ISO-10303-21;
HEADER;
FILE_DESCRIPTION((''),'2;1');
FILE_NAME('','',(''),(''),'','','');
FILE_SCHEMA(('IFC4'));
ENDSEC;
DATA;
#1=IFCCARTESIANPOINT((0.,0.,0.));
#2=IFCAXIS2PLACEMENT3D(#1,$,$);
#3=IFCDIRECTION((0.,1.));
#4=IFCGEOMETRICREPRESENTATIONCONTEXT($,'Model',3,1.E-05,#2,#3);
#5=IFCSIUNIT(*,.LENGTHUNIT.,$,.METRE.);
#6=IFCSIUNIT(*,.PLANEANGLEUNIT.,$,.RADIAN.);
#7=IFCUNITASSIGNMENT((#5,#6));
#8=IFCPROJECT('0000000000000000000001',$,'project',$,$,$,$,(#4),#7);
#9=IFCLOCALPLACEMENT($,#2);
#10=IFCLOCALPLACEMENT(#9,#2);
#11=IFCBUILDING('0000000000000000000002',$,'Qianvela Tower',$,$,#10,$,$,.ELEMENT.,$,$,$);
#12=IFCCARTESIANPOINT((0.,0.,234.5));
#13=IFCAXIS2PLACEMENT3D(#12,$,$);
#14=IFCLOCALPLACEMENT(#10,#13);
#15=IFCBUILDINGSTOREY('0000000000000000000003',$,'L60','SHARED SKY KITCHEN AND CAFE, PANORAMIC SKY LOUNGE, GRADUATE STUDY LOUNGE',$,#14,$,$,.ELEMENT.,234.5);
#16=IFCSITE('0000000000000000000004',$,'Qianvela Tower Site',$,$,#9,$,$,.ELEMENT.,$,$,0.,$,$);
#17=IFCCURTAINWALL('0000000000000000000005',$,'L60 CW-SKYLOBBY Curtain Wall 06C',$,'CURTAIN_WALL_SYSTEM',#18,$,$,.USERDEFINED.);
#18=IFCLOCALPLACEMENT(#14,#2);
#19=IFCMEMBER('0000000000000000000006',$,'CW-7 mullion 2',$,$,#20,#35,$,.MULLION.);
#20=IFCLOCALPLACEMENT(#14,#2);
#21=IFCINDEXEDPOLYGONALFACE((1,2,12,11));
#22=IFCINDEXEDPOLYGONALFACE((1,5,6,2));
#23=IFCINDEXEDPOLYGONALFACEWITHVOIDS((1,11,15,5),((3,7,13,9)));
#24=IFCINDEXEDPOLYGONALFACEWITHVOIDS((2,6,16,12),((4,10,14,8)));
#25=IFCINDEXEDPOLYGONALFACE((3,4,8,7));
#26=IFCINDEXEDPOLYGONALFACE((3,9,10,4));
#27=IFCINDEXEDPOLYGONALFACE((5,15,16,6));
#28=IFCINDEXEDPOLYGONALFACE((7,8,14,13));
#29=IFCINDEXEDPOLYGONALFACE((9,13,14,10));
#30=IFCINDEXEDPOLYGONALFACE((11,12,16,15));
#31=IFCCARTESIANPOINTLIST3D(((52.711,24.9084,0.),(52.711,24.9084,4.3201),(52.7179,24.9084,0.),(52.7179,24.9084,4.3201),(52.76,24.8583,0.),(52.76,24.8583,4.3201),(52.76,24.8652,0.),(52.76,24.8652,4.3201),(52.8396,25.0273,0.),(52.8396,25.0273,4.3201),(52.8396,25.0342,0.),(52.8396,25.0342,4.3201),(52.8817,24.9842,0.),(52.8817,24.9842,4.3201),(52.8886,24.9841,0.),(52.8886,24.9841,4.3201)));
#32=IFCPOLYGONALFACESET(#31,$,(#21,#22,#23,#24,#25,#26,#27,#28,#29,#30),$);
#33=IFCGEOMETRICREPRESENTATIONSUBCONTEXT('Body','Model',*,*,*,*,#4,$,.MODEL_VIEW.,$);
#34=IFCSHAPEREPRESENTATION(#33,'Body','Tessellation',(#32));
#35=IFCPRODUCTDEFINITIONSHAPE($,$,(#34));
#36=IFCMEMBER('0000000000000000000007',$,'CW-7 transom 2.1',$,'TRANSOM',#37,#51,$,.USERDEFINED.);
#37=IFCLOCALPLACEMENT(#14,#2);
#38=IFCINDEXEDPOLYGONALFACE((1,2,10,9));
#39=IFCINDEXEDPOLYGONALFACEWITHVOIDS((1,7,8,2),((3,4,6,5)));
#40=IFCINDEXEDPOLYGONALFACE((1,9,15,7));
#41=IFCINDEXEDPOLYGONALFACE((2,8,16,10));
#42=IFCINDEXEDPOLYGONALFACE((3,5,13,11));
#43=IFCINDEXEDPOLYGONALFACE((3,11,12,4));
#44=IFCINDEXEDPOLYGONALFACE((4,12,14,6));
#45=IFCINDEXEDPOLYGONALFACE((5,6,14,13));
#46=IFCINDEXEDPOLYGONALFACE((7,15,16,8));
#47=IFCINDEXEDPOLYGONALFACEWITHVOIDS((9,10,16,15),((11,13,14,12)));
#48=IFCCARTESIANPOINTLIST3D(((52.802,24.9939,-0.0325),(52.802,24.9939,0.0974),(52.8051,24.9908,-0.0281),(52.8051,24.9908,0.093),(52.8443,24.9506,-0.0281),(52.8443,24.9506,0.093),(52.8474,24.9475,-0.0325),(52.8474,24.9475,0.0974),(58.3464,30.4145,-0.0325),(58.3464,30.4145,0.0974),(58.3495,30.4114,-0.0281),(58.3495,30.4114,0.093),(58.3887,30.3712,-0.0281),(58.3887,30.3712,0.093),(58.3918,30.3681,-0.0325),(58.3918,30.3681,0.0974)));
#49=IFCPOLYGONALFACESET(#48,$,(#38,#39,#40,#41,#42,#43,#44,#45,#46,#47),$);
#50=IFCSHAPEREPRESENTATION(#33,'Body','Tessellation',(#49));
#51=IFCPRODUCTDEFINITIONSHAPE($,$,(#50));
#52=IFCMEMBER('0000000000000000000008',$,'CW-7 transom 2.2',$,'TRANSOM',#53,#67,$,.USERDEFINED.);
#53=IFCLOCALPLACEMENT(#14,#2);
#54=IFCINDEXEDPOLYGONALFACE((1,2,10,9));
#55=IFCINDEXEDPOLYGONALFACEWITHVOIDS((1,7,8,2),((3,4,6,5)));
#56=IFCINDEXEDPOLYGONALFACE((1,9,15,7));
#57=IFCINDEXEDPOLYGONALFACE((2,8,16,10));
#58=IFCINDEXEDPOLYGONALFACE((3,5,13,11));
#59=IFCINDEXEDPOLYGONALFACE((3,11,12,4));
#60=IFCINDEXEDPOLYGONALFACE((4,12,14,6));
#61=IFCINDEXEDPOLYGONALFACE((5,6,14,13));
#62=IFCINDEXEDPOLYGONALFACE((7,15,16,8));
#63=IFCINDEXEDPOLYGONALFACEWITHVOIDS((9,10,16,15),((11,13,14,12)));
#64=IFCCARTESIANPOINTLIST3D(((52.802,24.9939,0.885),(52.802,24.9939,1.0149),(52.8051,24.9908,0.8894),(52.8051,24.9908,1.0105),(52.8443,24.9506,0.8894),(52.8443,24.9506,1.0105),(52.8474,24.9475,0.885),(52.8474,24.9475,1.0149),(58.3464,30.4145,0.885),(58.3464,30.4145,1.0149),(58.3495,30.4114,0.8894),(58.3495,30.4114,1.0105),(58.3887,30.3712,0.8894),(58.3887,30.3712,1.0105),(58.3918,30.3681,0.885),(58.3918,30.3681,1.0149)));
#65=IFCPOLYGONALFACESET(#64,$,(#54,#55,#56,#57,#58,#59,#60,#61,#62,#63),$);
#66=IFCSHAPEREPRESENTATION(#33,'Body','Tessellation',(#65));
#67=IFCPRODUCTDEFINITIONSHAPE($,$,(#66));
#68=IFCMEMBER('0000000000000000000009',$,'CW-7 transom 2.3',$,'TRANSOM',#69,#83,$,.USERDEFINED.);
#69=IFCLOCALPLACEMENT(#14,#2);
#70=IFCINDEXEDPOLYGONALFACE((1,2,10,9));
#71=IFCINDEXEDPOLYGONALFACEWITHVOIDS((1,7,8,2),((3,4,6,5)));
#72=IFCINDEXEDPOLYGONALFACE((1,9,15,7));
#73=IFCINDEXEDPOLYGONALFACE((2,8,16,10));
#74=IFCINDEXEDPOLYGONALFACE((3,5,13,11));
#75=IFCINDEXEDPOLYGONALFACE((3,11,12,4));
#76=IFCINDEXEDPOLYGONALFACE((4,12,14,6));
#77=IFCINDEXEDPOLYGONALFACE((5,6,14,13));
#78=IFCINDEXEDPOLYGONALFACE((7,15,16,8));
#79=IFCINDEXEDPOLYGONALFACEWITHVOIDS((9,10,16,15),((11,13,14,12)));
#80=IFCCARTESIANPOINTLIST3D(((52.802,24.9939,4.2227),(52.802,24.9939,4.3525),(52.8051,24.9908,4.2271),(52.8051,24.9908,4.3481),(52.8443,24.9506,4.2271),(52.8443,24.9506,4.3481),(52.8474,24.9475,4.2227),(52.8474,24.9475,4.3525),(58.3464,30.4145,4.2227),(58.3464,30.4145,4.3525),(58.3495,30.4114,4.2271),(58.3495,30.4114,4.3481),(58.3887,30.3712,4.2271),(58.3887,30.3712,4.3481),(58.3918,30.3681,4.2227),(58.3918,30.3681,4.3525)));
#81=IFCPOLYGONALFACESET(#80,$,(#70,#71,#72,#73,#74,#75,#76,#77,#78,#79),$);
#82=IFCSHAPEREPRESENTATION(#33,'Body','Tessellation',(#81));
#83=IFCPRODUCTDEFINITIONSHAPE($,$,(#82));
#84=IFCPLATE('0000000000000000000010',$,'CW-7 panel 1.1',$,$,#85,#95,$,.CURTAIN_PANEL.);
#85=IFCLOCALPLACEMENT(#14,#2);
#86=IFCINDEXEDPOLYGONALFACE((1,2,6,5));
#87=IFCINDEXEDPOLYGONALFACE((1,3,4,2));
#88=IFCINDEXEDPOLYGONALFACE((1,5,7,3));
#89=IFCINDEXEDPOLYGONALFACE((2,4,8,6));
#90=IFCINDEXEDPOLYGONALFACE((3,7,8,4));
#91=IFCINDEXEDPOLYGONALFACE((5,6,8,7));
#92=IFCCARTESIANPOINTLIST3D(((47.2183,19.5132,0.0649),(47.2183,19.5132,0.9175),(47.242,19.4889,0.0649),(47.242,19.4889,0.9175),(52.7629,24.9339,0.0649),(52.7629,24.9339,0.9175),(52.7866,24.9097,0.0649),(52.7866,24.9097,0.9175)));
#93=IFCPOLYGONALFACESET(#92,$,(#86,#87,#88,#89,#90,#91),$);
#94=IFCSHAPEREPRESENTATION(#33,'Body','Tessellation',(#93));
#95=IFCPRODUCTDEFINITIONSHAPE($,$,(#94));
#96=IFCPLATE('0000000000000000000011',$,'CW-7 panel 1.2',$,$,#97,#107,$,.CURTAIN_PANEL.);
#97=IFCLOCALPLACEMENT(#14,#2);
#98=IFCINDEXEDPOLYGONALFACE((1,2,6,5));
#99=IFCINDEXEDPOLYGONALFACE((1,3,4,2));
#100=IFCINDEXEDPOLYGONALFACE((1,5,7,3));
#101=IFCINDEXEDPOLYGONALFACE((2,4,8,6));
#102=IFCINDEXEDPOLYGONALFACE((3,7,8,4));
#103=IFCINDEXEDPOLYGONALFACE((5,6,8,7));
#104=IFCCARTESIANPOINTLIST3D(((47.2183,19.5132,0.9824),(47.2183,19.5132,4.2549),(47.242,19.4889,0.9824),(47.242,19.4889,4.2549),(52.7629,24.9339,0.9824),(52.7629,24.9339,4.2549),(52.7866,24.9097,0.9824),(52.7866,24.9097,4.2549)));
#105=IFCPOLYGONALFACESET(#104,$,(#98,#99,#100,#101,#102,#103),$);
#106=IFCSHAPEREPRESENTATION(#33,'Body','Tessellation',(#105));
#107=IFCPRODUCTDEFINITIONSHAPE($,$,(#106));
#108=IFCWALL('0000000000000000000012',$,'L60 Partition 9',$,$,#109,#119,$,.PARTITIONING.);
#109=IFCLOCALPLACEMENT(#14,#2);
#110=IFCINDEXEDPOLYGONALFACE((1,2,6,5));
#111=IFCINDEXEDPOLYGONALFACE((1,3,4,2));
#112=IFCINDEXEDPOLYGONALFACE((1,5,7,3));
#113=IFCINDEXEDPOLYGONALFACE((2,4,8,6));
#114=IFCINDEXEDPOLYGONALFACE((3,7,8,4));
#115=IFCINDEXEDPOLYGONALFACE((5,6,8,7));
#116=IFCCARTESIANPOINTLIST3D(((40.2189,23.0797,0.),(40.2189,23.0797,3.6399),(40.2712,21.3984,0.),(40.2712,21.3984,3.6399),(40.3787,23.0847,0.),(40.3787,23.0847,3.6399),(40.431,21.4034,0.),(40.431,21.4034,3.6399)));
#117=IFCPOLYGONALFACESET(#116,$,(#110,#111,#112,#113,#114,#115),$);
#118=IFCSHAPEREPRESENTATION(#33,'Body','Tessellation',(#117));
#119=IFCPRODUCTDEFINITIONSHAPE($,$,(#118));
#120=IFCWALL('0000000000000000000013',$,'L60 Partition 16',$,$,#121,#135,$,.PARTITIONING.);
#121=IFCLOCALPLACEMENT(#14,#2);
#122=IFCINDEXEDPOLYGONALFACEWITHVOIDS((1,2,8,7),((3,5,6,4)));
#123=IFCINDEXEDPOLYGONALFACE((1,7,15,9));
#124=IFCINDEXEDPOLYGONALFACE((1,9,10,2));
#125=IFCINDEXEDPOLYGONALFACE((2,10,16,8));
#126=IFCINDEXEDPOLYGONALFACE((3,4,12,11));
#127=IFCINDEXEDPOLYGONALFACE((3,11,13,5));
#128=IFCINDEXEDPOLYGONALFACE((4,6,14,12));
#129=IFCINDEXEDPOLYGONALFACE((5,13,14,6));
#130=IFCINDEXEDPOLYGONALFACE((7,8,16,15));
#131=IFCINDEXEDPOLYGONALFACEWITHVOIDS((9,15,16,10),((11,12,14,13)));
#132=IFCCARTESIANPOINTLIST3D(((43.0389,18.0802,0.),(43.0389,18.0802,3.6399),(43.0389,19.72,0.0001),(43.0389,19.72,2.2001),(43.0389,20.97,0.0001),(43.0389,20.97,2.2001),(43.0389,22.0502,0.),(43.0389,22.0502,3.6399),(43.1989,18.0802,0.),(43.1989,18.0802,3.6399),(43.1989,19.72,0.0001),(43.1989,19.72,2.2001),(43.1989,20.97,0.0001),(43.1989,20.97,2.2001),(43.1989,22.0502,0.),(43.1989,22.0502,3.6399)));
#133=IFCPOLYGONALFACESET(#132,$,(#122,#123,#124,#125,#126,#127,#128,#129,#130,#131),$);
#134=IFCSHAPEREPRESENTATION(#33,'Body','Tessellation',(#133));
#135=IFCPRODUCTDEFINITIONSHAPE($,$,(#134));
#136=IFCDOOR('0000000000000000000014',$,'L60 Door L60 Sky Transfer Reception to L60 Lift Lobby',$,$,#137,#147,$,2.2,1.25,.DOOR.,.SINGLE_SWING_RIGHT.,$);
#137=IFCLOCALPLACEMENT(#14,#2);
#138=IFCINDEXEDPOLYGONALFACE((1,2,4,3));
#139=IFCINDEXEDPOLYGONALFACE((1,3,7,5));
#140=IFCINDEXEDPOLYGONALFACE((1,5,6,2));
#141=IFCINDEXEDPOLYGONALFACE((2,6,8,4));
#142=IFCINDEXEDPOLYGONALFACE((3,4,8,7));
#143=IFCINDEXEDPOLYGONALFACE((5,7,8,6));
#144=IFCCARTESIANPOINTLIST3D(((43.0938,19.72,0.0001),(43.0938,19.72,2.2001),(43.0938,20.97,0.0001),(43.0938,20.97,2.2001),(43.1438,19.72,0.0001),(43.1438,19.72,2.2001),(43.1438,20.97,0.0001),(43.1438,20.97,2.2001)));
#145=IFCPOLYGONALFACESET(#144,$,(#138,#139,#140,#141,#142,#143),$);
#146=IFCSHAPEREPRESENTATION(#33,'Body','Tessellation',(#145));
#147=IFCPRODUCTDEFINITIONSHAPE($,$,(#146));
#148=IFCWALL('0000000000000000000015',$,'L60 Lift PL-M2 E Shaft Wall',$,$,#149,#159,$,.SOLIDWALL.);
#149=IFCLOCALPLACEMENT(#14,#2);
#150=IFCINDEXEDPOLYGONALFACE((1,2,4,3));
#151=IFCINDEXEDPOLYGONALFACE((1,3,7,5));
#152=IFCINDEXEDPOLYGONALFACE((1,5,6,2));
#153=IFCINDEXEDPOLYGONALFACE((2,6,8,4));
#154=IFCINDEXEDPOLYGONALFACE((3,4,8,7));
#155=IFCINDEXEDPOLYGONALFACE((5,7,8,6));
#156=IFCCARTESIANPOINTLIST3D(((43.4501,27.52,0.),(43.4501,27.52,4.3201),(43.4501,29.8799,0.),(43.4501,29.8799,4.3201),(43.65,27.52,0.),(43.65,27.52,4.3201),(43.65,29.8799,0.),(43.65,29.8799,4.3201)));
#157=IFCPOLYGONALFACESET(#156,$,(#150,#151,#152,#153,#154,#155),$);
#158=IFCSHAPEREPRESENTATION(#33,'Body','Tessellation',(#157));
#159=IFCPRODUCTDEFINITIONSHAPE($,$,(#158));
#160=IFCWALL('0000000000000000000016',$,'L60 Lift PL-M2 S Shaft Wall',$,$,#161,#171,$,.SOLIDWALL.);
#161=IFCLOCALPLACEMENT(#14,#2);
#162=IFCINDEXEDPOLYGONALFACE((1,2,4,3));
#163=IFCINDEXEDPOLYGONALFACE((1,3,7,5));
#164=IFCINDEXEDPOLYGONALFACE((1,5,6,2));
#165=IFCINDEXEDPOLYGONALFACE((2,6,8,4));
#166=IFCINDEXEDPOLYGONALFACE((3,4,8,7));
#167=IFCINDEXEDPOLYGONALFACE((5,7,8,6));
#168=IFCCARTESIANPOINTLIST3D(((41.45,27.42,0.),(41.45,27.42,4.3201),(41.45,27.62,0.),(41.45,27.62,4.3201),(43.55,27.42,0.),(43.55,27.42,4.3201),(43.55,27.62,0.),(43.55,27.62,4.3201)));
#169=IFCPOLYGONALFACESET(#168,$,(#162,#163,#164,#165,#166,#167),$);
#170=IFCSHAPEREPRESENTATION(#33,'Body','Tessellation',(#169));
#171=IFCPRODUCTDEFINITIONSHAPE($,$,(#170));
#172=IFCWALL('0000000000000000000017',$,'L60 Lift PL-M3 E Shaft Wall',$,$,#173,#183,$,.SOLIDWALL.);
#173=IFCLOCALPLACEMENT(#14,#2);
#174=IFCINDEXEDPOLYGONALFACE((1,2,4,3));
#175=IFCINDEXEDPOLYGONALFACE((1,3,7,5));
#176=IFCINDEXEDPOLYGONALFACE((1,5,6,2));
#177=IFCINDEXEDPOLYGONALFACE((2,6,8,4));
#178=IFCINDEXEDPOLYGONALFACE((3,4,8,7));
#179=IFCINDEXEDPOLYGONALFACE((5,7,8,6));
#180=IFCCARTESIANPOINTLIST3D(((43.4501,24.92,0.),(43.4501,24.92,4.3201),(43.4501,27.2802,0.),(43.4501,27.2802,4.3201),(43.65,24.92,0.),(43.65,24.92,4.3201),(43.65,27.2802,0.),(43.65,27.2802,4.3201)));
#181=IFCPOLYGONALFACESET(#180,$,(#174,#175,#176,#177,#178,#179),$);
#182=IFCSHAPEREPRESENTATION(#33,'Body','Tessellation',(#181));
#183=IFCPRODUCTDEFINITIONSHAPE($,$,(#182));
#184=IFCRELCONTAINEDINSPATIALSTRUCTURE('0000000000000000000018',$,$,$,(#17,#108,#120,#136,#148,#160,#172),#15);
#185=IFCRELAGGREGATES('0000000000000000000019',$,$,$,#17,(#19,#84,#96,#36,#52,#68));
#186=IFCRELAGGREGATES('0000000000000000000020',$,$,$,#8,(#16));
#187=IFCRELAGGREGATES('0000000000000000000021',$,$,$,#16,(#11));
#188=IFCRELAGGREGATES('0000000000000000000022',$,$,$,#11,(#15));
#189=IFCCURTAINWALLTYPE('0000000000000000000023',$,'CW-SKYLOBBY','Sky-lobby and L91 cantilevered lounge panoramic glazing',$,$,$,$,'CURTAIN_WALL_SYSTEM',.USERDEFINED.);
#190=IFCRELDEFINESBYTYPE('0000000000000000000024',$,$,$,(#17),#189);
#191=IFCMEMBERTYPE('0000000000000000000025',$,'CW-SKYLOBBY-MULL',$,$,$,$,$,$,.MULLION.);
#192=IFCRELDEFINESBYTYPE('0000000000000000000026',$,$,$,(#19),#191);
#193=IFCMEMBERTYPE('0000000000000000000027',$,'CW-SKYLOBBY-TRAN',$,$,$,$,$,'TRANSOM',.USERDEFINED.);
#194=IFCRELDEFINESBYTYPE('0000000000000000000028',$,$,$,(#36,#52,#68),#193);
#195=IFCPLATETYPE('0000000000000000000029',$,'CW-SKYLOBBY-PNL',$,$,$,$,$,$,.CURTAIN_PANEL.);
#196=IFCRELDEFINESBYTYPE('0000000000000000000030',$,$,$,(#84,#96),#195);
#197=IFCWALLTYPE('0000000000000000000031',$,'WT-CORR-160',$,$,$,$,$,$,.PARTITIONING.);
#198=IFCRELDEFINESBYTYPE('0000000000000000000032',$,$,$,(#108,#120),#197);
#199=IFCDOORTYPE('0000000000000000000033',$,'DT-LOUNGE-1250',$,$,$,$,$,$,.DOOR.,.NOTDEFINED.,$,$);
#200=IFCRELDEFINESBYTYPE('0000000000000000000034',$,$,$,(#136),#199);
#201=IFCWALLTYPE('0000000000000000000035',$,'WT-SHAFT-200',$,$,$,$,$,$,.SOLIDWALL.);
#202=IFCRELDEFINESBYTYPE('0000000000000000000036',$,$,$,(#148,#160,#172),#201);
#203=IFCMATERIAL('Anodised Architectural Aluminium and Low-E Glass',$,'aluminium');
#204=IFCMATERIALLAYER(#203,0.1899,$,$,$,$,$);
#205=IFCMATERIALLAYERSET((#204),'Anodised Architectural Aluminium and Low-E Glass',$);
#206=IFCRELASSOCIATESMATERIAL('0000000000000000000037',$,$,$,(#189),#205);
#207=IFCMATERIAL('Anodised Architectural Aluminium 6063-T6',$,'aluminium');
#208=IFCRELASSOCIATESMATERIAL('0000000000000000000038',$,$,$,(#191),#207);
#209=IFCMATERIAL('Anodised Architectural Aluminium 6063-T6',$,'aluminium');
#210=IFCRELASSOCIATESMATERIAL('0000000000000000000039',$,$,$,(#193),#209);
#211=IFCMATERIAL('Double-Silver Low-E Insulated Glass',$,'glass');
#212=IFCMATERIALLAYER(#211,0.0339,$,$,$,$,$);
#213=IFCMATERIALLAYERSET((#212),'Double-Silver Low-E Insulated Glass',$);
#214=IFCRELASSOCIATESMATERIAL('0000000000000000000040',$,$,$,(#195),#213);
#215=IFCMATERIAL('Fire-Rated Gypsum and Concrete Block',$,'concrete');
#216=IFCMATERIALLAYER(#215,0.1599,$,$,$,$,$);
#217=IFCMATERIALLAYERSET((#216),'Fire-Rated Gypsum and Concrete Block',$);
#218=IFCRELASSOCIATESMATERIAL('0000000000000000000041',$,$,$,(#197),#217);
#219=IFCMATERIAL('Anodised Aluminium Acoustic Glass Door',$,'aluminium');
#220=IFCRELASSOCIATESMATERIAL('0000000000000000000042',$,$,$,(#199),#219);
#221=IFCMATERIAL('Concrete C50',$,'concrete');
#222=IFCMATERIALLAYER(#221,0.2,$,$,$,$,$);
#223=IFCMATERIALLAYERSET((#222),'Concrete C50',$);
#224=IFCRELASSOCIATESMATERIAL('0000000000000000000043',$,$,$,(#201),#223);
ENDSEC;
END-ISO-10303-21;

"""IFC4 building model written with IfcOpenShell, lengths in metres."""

from ifc_helpers import new_model, si_unit, direction, frame, frame_2d, origin, origin_2d, place, context, subcontext, project, spatial, rectangle, hollow_rectangle, extrude, material, layer, layer_set, material_profile, profile_set, type_object, element, fill, aggregate, save


model = new_model("IFC4")

# Units and contexts
model_context = context("Model", 3, precision=1e-05, world=origin(), true_north=direction((0.0, 1.0)))
body_context = subcontext(model_context, "Body", "Model", "MODEL_VIEW")
ifc_project = project(units=[si_unit("LENGTHUNIT", "METRE"), si_unit("PLANEANGLEUNIT", "RADIAN")], contexts=[model_context])

# Site, building, storey
site_placement = place(None, origin())
site = spatial("IfcSite", under=ifc_project, at=site_placement, Name="Qianvela Tower Site", CompositionType="ELEMENT", RefElevation=0.0)
building_placement = place(site_placement, origin())
building = spatial("IfcBuilding", under=site, at=building_placement, Name="Qianvela Tower", CompositionType="ELEMENT")
storey_placement = place(building_placement, frame((0.0, 0.0, 234.5)))
storey = spatial("IfcBuildingStorey", under=building, at=storey_placement, Name="L60", Description="SHARED SKY KITCHEN AND CAFE, PANORAMIC SKY LOUNGE, GRADUATE STUDY LOUNGE", CompositionType="ELEMENT", Elevation=234.5)

# Curtain wall, members, plates
ifc_material_1 = material(Name="Anodised Architectural Aluminium and Low-E Glass", Category="aluminium")
ifc_layer_1 = layer(ifc_material_1, 0.1899)
ifc_layer_set_1 = layer_set([ifc_layer_1], Name="Anodised Architectural Aluminium and Low-E Glass")
curtain_wall_type = type_object("IfcCurtainWallType", Name="CW-SKYLOBBY", Description="Sky-lobby and L91 cantilevered lounge panoramic glazing", ElementType="CURTAIN_WALL_SYSTEM", PredefinedType="USERDEFINED", material=ifc_layer_set_1)
curtain_wall_placement = place(storey_placement, origin())
curtain_wall = element("IfcCurtainWall", 1, at=curtain_wall_placement, inside=storey, type_object=curtain_wall_type, Name="L60 CW-SKYLOBBY Curtain Wall 06C", ObjectType="CURTAIN_WALL_SYSTEM", PredefinedType="USERDEFINED")
ifc_material_2 = material(Name="Anodised Architectural Aluminium 6063-T6", Category="aluminium")
ifc_material_profile_1 = material_profile(ifc_material_2, hollow_rectangle(XDim=0.0701, YDim=0.1799, WallThickness=0.0049, at=origin_2d()), Name="ALU-MULL-70x180")
ifc_profile_set_1 = profile_set([ifc_material_profile_1], Name="Anodised Architectural Aluminium 6063-T6")
member_type_1 = type_object("IfcMemberType", Name="CW-SKYLOBBY-MULL", PredefinedType="MULLION", material=ifc_profile_set_1)
member_1_placement = place(storey_placement, frame((52.7998, 24.9463, 0.0), z_axis=(0.0, 0.0, 1.0), x_axis=(-0.699077, 0.715046, 0.0)))
member_1 = element("IfcMember", 2, at=member_1_placement, type_object=member_type_1, Name="CW-7 mullion 2", PredefinedType="MULLION", context=body_context, shape_type="SweptSolid", body=[
    extrude(hollow_rectangle(XDim=0.0701, YDim=0.1799, WallThickness=0.0049, at=origin_2d()), origin(), (0.0, 0.0, 1.0), 4.3201),
])
ifc_material_3 = material(Name="Anodised Architectural Aluminium 6063-T6", Category="aluminium")
ifc_material_profile_2 = material_profile(ifc_material_3, hollow_rectangle(XDim=0.0649, YDim=0.1299, WallThickness=0.0044, at=origin_2d()), Name="ALU-TRAN-65x130")
ifc_profile_set_2 = profile_set([ifc_material_profile_2], Name="Anodised Architectural Aluminium 6063-T6")
member_type_2 = type_object("IfcMemberType", Name="CW-SKYLOBBY-TRAN", ElementType="TRANSOM", PredefinedType="USERDEFINED", material=ifc_profile_set_2)
member_2_placement = place(storey_placement, frame((52.8247, 24.9707, 0.0325), z_axis=(0.715043, 0.69908, 0.0), x_axis=(-0.69908, 0.715043, 0.0)))
member_2 = element("IfcMember", 3, at=member_2_placement, type_object=member_type_2, Name="CW-7 transom 2.1", ObjectType="TRANSOM", PredefinedType="USERDEFINED", context=body_context, shape_type="SweptSolid", body=[
    extrude(hollow_rectangle(XDim=0.0649, YDim=0.1299, WallThickness=0.0044, at=origin_2d()), origin(), (0.0, 0.0, 1.0), 7.7539),
])
member_3_placement = place(storey_placement, frame((52.8247, 24.9707, 0.95), z_axis=(0.715043, 0.69908, 0.0), x_axis=(-0.69908, 0.715043, 0.0)))
member_3 = element("IfcMember", 4, at=member_3_placement, type_object=member_type_2, Name="CW-7 transom 2.2", ObjectType="TRANSOM", PredefinedType="USERDEFINED", context=body_context, shape_type="SweptSolid", body=[
    extrude(hollow_rectangle(XDim=0.0649, YDim=0.1299, WallThickness=0.0044, at=origin_2d()), origin(), (0.0, 0.0, 1.0), 7.7539),
])
member_4_placement = place(storey_placement, frame((52.8247, 24.9707, 4.2876), z_axis=(0.715043, 0.69908, 0.0), x_axis=(-0.69908, 0.715043, 0.0)))
member_4 = element("IfcMember", 5, at=member_4_placement, type_object=member_type_2, Name="CW-7 transom 2.3", ObjectType="TRANSOM", PredefinedType="USERDEFINED", context=body_context, shape_type="SweptSolid", body=[
    extrude(hollow_rectangle(XDim=0.0649, YDim=0.1299, WallThickness=0.0044, at=origin_2d()), origin(), (0.0, 0.0, 1.0), 7.7539),
])
ifc_material_4 = material(Name="Double-Silver Low-E Insulated Glass", Category="glass")
ifc_layer_2 = layer(ifc_material_4, 0.0339)
ifc_layer_set_2 = layer_set([ifc_layer_2], Name="Double-Silver Low-E Insulated Glass")
plate_type = type_object("IfcPlateType", Name="CW-SKYLOBBY-PNL", PredefinedType="CURTAIN_PANEL", material=ifc_layer_set_2)
plate_1_placement = place(storey_placement, frame((50.0024, 22.2114, 0.0649), z_axis=(0.0, 0.0, 1.0), x_axis=(0.715046, 0.699077, 0.0)))
plate_1 = element("IfcPlate", 6, at=plate_1_placement, type_object=plate_type, Name="CW-7 panel 1.1", PredefinedType="CURTAIN_PANEL", context=body_context, shape_type="SweptSolid", body=[
    extrude(rectangle(XDim=7.7542, YDim=0.0339, at=origin_2d()), origin(), (0.0, 0.0, 1.0), 0.8525),
])
plate_2_placement = place(storey_placement, frame((50.0024, 22.2114, 0.9824), z_axis=(0.0, 0.0, 1.0), x_axis=(0.715046, 0.699077, 0.0)))
plate_2 = element("IfcPlate", 7, at=plate_2_placement, type_object=plate_type, Name="CW-7 panel 1.2", PredefinedType="CURTAIN_PANEL", context=body_context, shape_type="SweptSolid", body=[
    extrude(rectangle(XDim=7.7542, YDim=0.0339, at=origin_2d()), origin(), (0.0, 0.0, 1.0), 3.2725),
])
aggregate(curtain_wall, [member_1, plate_1, plate_2, member_2, member_3, member_4])

# Wall
ifc_material_5 = material(Name="Fire-Rated Gypsum and Concrete Block", Category="concrete")
ifc_layer_3 = layer(ifc_material_5, 0.1599)
ifc_layer_set_3 = layer_set([ifc_layer_3], Name="Fire-Rated Gypsum and Concrete Block")
wall_type_1 = type_object("IfcWallType", Name="WT-CORR-160", PredefinedType="PARTITIONING", material=ifc_layer_set_3)
wall_1_placement = place(storey_placement, frame((40.3511, 21.4009, 0.0), z_axis=(0.0, 0.0, 1.0), x_axis=(-0.031058, 0.999518, 0.0)))
element("IfcWall", 8, at=wall_1_placement, inside=storey, type_object=wall_type_1, Name="L60 Partition 9", PredefinedType="PARTITIONING", context=body_context, shape_type="SweptSolid", body=[
    extrude(rectangle(XDim=1.6821, YDim=0.1599, at=frame_2d((0.8411, 0.0))), origin(), (0.0, 0.0, 1.0), 3.6399),
])

# Wall, opening, door
wall_2_placement = place(storey_placement, frame((43.1189, 22.05, 0.0), z_axis=(0.0, 0.0, 1.0), x_axis=(0.0, -1.0, 0.0)))
wall_2 = element("IfcWall", 9, at=wall_2_placement, inside=storey, type_object=wall_type_1, Name="L60 Partition 16", PredefinedType="PARTITIONING", context=body_context, shape_type="SweptSolid", body=[
    extrude(rectangle(XDim=3.97, YDim=0.1599, at=frame_2d((1.9849, 0.0))), origin(), (0.0, 0.0, 1.0), 3.6399),
])
opening_1_placement = place(wall_2_placement, frame((1.0801, 0.0, 0.0)))
opening_1 = element("IfcOpeningElement", 10, at=opening_1_placement, cuts=wall_2, PredefinedType="OPENING", context=body_context, shape_type="SweptSolid", body=[
    extrude(rectangle(XDim=1.25, YDim=2.2, at=frame_2d((0.625, 1.1001))), frame((0.0, 0.0898, 0.0), z_axis=(0.0, -1.0, 0.0), x_axis=(1.0, 0.0, 0.0)), (0.0, 0.0, 1.0), 0.1799),
])
ifc_material_6 = material(Name="Anodised Aluminium Acoustic Glass Door", Category="aluminium")
door_type_1 = type_object("IfcDoorType", Name="DT-LOUNGE-1250", OperationType="NOTDEFINED", PredefinedType="DOOR", material=ifc_material_6)
door_1_placement = place(opening_1_placement, origin())
door_1 = element("IfcDoor", 11, at=door_1_placement, inside=storey, type_object=door_type_1, Name="L60 Door L60 Sky Transfer Reception to L60 Lift Lobby", OperationType="SINGLE_SWING_RIGHT", OverallHeight=2.2, OverallWidth=1.25, PredefinedType="DOOR", context=body_context, shape_type="SweptSolid", body=[
    extrude(rectangle(XDim=1.25, YDim=2.2, at=frame_2d((0.625, 1.1001))), frame((0.0, 0.0249, 0.0), z_axis=(0.0, -1.0, 0.0), x_axis=(1.0, 0.0, 0.0)), (0.0, 0.0, 1.0), 0.05),
])
fill(opening_1, door_1)

# Wall
ifc_material_7 = material(Name="Concrete C50", Category="concrete")
ifc_layer_4 = layer(ifc_material_7, 0.2)
ifc_layer_set_4 = layer_set([ifc_layer_4], Name="Concrete C50")
wall_type_2 = type_object("IfcWallType", Name="WT-SHAFT-200", PredefinedType="SOLIDWALL", material=ifc_layer_set_4)
wall_3_placement = place(storey_placement, frame((43.55, 27.52, 0.0), z_axis=(0.0, 0.0, 1.0), x_axis=(0.0, 1.0, 0.0)))
element("IfcWall", 12, at=wall_3_placement, inside=storey, type_object=wall_type_2, Name="L60 Lift PL-M2 E Shaft Wall", PredefinedType="SOLIDWALL", context=body_context, shape_type="SweptSolid", body=[
    extrude(rectangle(XDim=2.3599, YDim=0.2, at=frame_2d((1.1799, 0.0))), origin(), (0.0, 0.0, 1.0), 4.3201),
])

# Walls
wall_4_placement = place(storey_placement, frame((41.45, 27.52, 0.0), z_axis=(0.0, 0.0, 1.0), x_axis=(1.0, 0.0, 0.0)))
element("IfcWall", 13, at=wall_4_placement, inside=storey, type_object=wall_type_2, Name="L60 Lift PL-M2 S Shaft Wall", PredefinedType="SOLIDWALL", context=body_context, shape_type="SweptSolid", body=[
    extrude(rectangle(XDim=2.1001, YDim=0.2, at=frame_2d((1.05, 0.0))), origin(), (0.0, 0.0, 1.0), 4.3201),
])
wall_5_placement = place(storey_placement, frame((43.55, 24.9199, 0.0), z_axis=(0.0, 0.0, 1.0), x_axis=(0.0, 1.0, 0.0)))
element("IfcWall", 14, at=wall_5_placement, inside=storey, type_object=wall_type_2, Name="L60 Lift PL-M3 E Shaft Wall", PredefinedType="SOLIDWALL", context=body_context, shape_type="SweptSolid", body=[
    extrude(rectangle(XDim=2.3601, YDim=0.2, at=frame_2d((1.1802, 0.0))), origin(), (0.0, 0.0, 1.0), 4.3201),
])

save(model, "model.ifc")
